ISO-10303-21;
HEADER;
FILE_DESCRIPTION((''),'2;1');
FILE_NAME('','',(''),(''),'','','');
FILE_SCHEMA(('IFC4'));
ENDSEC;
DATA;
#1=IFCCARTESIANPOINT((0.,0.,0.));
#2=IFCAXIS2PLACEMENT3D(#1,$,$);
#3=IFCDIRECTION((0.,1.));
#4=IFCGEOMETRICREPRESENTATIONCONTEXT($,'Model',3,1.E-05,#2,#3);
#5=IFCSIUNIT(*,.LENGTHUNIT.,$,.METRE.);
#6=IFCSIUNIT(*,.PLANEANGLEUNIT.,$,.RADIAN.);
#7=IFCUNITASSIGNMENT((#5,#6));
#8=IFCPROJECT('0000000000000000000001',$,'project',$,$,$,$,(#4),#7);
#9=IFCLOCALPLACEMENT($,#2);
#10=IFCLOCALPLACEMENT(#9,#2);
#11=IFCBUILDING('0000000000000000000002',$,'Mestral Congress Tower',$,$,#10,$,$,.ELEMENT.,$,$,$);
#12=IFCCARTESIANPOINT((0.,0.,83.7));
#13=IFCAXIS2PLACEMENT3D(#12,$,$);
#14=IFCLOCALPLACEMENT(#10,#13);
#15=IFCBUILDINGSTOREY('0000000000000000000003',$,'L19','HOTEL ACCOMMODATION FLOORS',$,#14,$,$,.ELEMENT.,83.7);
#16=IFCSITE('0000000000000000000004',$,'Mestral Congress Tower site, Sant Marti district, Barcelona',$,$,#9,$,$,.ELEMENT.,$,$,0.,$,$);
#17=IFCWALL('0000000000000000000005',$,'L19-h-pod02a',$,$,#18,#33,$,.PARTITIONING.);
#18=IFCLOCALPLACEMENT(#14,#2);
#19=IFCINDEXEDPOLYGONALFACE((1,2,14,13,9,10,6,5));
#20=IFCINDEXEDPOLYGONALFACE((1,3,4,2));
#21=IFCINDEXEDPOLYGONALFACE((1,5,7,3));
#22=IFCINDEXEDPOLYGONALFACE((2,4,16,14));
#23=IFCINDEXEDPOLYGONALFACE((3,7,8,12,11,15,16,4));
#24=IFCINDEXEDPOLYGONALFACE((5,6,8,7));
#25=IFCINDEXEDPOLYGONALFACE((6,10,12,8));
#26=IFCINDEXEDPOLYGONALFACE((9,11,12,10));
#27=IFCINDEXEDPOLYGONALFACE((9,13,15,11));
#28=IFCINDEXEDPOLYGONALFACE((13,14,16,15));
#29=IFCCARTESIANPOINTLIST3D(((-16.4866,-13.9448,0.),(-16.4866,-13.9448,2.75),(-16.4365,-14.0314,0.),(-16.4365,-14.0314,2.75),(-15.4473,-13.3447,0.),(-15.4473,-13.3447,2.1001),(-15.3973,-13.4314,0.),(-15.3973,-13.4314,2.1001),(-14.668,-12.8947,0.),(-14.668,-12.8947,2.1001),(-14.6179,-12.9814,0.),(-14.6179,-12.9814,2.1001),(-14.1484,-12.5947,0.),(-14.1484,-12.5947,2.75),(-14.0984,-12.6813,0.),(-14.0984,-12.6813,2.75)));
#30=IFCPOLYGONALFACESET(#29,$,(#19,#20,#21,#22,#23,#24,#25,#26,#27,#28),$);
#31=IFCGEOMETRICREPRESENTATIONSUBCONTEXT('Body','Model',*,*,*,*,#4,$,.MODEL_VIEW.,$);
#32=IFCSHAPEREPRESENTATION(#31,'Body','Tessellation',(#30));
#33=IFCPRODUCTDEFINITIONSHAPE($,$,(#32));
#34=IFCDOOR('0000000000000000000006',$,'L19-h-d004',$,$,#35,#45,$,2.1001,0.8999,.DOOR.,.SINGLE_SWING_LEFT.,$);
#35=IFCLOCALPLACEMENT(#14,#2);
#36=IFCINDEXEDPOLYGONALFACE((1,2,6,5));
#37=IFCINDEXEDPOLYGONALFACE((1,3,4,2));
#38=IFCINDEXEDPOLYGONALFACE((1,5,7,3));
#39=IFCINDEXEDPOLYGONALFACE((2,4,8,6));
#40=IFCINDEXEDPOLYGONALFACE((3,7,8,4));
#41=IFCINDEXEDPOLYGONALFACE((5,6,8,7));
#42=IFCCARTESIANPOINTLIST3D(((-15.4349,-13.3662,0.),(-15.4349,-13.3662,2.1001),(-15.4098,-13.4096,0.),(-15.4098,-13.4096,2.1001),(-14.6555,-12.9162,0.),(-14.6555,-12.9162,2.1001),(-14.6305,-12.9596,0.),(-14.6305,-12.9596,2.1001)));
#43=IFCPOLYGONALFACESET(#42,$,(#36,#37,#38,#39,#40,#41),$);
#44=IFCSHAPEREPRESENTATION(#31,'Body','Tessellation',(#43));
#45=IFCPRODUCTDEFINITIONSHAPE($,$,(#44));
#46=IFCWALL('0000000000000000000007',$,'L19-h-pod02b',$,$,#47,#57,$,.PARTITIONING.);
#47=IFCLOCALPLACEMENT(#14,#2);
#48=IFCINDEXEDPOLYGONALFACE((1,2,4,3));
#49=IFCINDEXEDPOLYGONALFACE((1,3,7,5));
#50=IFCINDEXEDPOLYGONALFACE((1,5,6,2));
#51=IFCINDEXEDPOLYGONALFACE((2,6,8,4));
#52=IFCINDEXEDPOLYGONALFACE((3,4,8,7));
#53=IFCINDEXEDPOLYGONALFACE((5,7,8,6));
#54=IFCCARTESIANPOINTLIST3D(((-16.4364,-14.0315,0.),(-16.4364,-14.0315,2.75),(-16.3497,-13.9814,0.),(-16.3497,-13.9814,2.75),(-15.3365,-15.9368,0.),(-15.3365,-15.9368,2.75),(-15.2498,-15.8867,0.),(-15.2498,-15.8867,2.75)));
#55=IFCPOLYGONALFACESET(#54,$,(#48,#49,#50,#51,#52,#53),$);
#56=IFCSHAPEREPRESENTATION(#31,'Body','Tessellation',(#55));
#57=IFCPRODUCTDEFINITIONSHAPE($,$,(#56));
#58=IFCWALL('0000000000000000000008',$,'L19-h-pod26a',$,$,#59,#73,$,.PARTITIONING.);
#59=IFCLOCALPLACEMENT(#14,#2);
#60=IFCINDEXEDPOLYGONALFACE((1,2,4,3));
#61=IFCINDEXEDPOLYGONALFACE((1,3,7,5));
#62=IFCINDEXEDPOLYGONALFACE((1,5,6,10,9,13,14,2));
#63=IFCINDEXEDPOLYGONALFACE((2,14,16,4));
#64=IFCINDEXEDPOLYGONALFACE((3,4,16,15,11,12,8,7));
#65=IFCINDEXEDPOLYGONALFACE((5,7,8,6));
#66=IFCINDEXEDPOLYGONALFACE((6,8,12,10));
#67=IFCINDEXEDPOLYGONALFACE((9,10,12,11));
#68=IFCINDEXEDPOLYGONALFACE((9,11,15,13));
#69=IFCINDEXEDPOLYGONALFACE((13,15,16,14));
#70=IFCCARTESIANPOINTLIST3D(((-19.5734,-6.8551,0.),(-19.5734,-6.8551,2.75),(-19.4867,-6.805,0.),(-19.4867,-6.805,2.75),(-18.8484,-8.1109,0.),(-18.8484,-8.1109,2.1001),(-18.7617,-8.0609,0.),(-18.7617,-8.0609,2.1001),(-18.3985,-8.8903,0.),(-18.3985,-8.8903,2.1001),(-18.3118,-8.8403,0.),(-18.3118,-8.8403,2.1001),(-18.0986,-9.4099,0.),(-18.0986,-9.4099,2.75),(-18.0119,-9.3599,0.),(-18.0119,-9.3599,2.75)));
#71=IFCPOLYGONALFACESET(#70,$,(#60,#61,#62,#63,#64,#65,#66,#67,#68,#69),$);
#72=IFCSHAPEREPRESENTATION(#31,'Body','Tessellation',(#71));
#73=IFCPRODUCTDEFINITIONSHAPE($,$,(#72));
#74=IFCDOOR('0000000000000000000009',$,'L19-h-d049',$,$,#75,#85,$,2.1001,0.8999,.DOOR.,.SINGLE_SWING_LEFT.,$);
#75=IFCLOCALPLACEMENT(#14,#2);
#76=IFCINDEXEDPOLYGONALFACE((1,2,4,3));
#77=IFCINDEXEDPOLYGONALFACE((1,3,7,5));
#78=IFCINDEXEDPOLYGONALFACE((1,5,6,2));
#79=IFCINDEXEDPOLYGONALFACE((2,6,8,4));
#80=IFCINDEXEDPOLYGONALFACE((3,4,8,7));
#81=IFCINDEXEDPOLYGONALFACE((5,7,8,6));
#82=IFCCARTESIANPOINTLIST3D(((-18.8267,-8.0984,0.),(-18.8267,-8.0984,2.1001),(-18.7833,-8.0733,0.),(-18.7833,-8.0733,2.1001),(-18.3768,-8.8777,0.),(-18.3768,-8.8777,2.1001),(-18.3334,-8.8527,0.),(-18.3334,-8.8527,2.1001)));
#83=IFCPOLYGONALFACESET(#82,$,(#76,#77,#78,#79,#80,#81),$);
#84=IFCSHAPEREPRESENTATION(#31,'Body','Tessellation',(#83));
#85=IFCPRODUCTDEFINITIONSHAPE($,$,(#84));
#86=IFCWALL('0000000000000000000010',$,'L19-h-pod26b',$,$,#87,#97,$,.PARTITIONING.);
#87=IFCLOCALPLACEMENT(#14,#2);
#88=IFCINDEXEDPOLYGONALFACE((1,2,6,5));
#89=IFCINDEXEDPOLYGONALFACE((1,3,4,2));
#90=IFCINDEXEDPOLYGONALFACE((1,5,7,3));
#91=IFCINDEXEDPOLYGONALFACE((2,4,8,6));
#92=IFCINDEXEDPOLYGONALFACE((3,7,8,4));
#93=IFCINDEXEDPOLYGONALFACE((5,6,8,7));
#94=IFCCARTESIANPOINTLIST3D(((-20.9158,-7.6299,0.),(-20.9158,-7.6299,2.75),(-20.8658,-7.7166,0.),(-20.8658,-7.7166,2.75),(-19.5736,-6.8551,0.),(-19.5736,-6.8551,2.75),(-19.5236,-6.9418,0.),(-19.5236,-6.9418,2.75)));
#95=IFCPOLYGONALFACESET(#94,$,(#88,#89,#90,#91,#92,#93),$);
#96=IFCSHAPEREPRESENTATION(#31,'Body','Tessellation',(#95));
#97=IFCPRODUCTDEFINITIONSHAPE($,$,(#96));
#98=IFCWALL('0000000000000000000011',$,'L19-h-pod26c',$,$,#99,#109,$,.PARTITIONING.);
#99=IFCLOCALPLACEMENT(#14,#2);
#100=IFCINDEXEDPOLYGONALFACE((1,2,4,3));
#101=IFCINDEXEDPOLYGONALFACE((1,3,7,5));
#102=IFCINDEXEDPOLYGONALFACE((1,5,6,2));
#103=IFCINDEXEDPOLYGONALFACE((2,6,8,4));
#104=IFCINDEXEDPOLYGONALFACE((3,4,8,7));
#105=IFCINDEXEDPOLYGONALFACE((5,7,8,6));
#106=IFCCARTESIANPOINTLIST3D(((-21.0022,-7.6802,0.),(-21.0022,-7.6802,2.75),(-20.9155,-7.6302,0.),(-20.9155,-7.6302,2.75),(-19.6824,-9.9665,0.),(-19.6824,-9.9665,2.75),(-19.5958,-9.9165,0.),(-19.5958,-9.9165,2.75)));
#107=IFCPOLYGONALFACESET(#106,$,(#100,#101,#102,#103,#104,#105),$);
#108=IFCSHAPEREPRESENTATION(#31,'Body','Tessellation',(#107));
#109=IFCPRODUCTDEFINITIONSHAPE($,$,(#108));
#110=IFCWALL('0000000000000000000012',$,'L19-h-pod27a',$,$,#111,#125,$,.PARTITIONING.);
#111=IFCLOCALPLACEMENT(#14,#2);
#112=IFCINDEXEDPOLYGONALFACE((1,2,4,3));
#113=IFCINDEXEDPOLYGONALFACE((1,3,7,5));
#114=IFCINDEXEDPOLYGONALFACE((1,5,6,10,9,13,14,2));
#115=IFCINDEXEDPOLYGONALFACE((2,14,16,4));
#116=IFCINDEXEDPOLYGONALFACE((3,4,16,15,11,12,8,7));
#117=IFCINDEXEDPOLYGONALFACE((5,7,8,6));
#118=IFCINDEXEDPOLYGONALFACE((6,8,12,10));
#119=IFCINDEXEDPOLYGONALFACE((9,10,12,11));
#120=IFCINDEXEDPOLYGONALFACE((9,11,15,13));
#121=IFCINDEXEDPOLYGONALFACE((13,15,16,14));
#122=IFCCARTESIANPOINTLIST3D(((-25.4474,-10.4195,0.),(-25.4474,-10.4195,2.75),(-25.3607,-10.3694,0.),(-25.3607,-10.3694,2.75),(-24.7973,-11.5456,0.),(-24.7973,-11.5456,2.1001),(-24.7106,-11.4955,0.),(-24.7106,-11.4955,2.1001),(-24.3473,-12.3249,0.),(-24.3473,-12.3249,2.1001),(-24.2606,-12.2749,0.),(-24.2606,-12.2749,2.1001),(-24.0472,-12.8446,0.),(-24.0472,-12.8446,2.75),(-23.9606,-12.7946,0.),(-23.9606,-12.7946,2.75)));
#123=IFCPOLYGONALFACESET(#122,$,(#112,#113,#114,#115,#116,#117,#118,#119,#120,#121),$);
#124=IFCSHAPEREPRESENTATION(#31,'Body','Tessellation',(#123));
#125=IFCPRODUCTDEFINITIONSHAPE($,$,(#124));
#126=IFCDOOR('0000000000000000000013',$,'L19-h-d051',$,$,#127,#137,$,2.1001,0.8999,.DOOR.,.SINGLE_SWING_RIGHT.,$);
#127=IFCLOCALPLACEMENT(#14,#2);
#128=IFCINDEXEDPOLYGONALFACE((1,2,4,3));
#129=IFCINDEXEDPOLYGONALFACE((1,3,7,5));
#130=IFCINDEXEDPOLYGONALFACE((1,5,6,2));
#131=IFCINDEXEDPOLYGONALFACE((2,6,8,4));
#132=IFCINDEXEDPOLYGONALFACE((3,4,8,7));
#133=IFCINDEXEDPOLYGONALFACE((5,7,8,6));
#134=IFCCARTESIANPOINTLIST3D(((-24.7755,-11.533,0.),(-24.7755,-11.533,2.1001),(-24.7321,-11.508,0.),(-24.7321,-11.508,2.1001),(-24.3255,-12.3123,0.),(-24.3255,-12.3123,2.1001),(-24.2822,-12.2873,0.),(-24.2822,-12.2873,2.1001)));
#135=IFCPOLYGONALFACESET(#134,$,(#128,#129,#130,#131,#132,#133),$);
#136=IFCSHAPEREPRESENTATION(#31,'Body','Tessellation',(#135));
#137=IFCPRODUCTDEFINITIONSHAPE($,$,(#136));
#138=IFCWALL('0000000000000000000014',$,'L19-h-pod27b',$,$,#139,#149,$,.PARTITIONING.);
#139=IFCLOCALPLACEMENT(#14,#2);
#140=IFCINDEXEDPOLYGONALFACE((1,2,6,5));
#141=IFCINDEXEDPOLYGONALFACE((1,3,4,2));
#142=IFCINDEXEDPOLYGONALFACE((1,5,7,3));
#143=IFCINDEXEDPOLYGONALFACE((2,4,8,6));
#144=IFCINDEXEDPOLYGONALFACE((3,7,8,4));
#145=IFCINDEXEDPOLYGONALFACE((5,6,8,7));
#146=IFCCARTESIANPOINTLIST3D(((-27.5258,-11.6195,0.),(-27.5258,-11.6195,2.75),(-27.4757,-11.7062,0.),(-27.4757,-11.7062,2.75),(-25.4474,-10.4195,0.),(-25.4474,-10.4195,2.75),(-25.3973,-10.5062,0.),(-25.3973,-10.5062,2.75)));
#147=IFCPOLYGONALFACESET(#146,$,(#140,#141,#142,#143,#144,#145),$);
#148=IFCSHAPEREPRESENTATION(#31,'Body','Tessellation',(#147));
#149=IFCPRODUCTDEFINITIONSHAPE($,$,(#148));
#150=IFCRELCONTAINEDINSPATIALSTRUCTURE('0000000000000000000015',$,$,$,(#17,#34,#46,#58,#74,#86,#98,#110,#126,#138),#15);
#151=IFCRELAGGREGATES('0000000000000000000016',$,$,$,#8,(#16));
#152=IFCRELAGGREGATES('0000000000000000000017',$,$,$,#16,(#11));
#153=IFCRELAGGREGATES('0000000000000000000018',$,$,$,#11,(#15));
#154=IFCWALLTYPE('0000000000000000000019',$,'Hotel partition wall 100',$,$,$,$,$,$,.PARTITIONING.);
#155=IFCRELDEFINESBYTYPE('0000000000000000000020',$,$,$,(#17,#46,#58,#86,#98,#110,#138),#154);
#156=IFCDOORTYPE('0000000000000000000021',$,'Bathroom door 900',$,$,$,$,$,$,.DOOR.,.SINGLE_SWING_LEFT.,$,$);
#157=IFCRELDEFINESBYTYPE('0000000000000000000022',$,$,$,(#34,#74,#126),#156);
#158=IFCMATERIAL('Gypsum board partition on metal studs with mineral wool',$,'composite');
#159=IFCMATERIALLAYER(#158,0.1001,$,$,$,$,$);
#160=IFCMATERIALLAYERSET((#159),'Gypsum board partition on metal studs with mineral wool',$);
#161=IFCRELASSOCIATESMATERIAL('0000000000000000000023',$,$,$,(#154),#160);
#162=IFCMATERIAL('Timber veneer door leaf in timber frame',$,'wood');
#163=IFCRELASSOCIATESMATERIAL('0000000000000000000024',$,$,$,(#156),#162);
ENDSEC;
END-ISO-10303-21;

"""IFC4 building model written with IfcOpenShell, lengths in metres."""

from ifc_helpers import new_model, si_unit, direction, frame, frame_2d, origin, place, context, subcontext, project, spatial, rectangle, extrude, material, layer, layer_set, type_object, element, fill, save


model = new_model("IFC4")

# Units and contexts
model_context = context("Model", 3, precision=1e-05, world=origin(), true_north=direction((0.0, 1.0)))
body_context = subcontext(model_context, "Body", "Model", "MODEL_VIEW")
ifc_project = project(units=[si_unit("LENGTHUNIT", "METRE"), si_unit("PLANEANGLEUNIT", "RADIAN")], contexts=[model_context])

# Site, building, storey
site_placement = place(None, origin())
site = spatial("IfcSite", under=ifc_project, at=site_placement, Name="Mestral Congress Tower site, Sant Marti district, Barcelona", CompositionType="ELEMENT", RefElevation=0.0)
building_placement = place(site_placement, origin())
building = spatial("IfcBuilding", under=site, at=building_placement, Name="Mestral Congress Tower", CompositionType="ELEMENT")
storey_placement = place(building_placement, frame((0.0, 0.0, 83.7)))
storey = spatial("IfcBuildingStorey", under=building, at=storey_placement, Name="L19", Description="HOTEL ACCOMMODATION FLOORS", CompositionType="ELEMENT", Elevation=83.7)

# Wall, opening, door
ifc_material_1 = material(Name="Gypsum board partition on metal studs with mineral wool", Category="composite")
ifc_layer_1 = layer(ifc_material_1, 0.1001)
ifc_layer_set_1 = layer_set([ifc_layer_1], Name="Gypsum board partition on metal studs with mineral wool")
wall_type_1 = type_object("IfcWallType", Name="Hotel partition wall 100", PredefinedType="PARTITIONING", material=ifc_layer_set_1)
wall_1_placement = place(storey_placement, frame((-14.1233, -12.6379, 0.0), z_axis=(0.0, 0.0, 1.0), x_axis=(-0.865997, -0.500049, 0.0)))
wall_1 = element("IfcWall", 1, at=wall_1_placement, inside=storey, type_object=wall_type_1, Name="L19-h-pod02a", PredefinedType="PARTITIONING", context=body_context, shape_type="SweptSolid", body=[
    extrude(rectangle(XDim=2.7, YDim=0.1001, at=frame_2d((1.3501, 0.0))), origin(), (0.0, 0.0, 1.0), 2.75),
])
opening_1_placement = place(wall_1_placement, frame((0.6001, 0.0, 0.0)))
opening_1 = element("IfcOpeningElement", 2, at=opening_1_placement, cuts=wall_1, PredefinedType="OPENING", context=body_context, shape_type="SweptSolid", body=[
    extrude(rectangle(XDim=0.8999, YDim=2.1001, at=frame_2d((0.45, 1.05))), frame((0.0, 0.0601, 0.0), z_axis=(0.0, -1.0, 0.0), x_axis=(1.0, 0.0, 0.0)), (0.0, 0.0, 1.0), 0.1201),
])
ifc_material_2 = material(Name="Timber veneer door leaf in timber frame", Category="wood")
door_type_1 = type_object("IfcDoorType", Name="Bathroom door 900", OperationType="SINGLE_SWING_LEFT", PredefinedType="DOOR", material=ifc_material_2)
door_1_placement = place(opening_1_placement, origin())
door_1 = element("IfcDoor", 3, at=door_1_placement, inside=storey, type_object=door_type_1, Name="L19-h-d004", OperationType="SINGLE_SWING_LEFT", OverallHeight=2.1001, OverallWidth=0.8999, PredefinedType="DOOR", context=body_context, shape_type="SweptSolid", body=[
    extrude(rectangle(XDim=0.8999, YDim=2.1001, at=frame_2d((0.45, 1.05))), frame((0.0, 0.0249, 0.0), z_axis=(0.0, -1.0, 0.0), x_axis=(1.0, 0.0, 0.0)), (0.0, 0.0, 1.0), 0.05),
])
fill(opening_1, door_1)

# Wall
wall_2_placement = place(storey_placement, frame((-16.3931, -14.0063, 0.0), z_axis=(0.0, 0.0, 1.0), x_axis=(0.499947, -0.866056, 0.0)))
element("IfcWall", 4, at=wall_2_placement, inside=storey, type_object=wall_type_1, Name="L19-h-pod02b", PredefinedType="PARTITIONING", context=body_context, shape_type="SweptSolid", body=[
    extrude(rectangle(XDim=2.2, YDim=0.1001, at=frame_2d((1.1001, 0.0))), origin(), (0.0, 0.0, 1.0), 2.75),
])

# Wall, opening, door
wall_3_placement = place(storey_placement, frame((-18.0552, -9.385, 0.0), z_axis=(0.0, 0.0, 1.0), x_axis=(-0.49994, 0.86606, 0.0)))
wall_3 = element("IfcWall", 5, at=wall_3_placement, inside=storey, type_object=wall_type_1, Name="L19-h-pod26a", PredefinedType="PARTITIONING", context=body_context, shape_type="SweptSolid", body=[
    extrude(rectangle(XDim=2.95, YDim=0.1001, at=frame_2d((1.4751, 0.0))), origin(), (0.0, 0.0, 1.0), 2.75),
])
opening_2_placement = place(wall_3_placement, frame((0.6001, 0.0, 0.0)))
opening_2 = element("IfcOpeningElement", 6, at=opening_2_placement, cuts=wall_3, PredefinedType="OPENING", context=body_context, shape_type="SweptSolid", body=[
    extrude(rectangle(XDim=0.8999, YDim=2.1001, at=frame_2d((0.45, 1.05))), frame((0.0, 0.0601, 0.0), z_axis=(0.0, -1.0, 0.0), x_axis=(1.0, 0.0, 0.0)), (0.0, 0.0, 1.0), 0.1201),
])
door_2_placement = place(opening_2_placement, origin())
door_2 = element("IfcDoor", 7, at=door_2_placement, inside=storey, type_object=door_type_1, Name="L19-h-d049", OperationType="SINGLE_SWING_LEFT", OverallHeight=2.1001, OverallWidth=0.8999, PredefinedType="DOOR", context=body_context, shape_type="SweptSolid", body=[
    extrude(rectangle(XDim=0.8999, YDim=2.1001, at=frame_2d((0.45, 1.05))), frame((0.0, 0.0249, 0.0), z_axis=(0.0, -1.0, 0.0), x_axis=(1.0, 0.0, 0.0)), (0.0, 0.0, 1.0), 0.05),
])
fill(opening_2, door_2)

# Walls
wall_4_placement = place(storey_placement, frame((-19.5486, -6.8984, 0.0), z_axis=(0.0, 0.0, 1.0), x_axis=(-0.866044, -0.499968, 0.0)))
element("IfcWall", 8, at=wall_4_placement, inside=storey, type_object=wall_type_1, Name="L19-h-pod26b", PredefinedType="PARTITIONING", context=body_context, shape_type="SweptSolid", body=[
    extrude(rectangle(XDim=1.5498, YDim=0.1001, at=frame_2d((0.7749, 0.0))), origin(), (0.0, 0.0, 1.0), 2.75),
])
wall_5_placement = place(storey_placement, frame((-19.6392, -9.9414, 0.0), z_axis=(0.0, 0.0, 1.0), x_axis=(-0.499939, 0.866061, 0.0)))
element("IfcWall", 9, at=wall_5_placement, inside=storey, type_object=wall_type_1, Name="L19-h-pod26c", PredefinedType="PARTITIONING", context=body_context, shape_type="SweptSolid", body=[
    extrude(rectangle(XDim=2.6399, YDim=0.1001, at=frame_2d((1.3198, 0.0))), origin(), (0.0, 0.0, 1.0), 2.75),
])

# Wall, opening, door
wall_6_placement = place(storey_placement, frame((-24.0039, -12.8196, 0.0), z_axis=(0.0, 0.0, 1.0), x_axis=(-0.500012, 0.866019, 0.0)))
wall_6 = element("IfcWall", 10, at=wall_6_placement, inside=storey, type_object=wall_type_1, Name="L19-h-pod27a", PredefinedType="PARTITIONING", context=body_context, shape_type="SweptSolid", body=[
    extrude(rectangle(XDim=2.8003, YDim=0.1001, at=frame_2d((1.4001, 0.0))), origin(), (0.0, 0.0, 1.0), 2.75),
])
opening_3_placement = place(wall_6_placement, frame((0.6001, 0.0, 0.0)))
opening_3 = element("IfcOpeningElement", 11, at=opening_3_placement, cuts=wall_6, PredefinedType="OPENING", context=body_context, shape_type="SweptSolid", body=[
    extrude(rectangle(XDim=0.8999, YDim=2.1001, at=frame_2d((0.45, 1.05))), frame((0.0, 0.0601, 0.0), z_axis=(0.0, -1.0, 0.0), x_axis=(1.0, 0.0, 0.0)), (0.0, 0.0, 1.0), 0.1201),
])
door_3_placement = place(opening_3_placement, origin())
door_3 = element("IfcDoor", 12, at=door_3_placement, inside=storey, type_object=door_type_1, Name="L19-h-d051", OperationType="SINGLE_SWING_RIGHT", OverallHeight=2.1001, OverallWidth=0.8999, PredefinedType="DOOR", context=body_context, shape_type="SweptSolid", body=[
    extrude(rectangle(XDim=0.8999, YDim=2.1001, at=frame_2d((0.45, 1.05))), frame((0.0, 0.0249, 0.0), z_axis=(0.0, -1.0, 0.0), x_axis=(1.0, 0.0, 0.0)), (0.0, 0.0, 1.0), 0.05),
])
fill(opening_3, door_3)

# Wall
wall_7_placement = place(storey_placement, frame((-25.4224, -10.4629, 0.0), z_axis=(0.0, 0.0, 1.0), x_axis=(-0.866025, -0.500001, 0.0)))
element("IfcWall", 13, at=wall_7_placement, inside=storey, type_object=wall_type_1, Name="L19-h-pod27b", PredefinedType="PARTITIONING", context=body_context, shape_type="SweptSolid", body=[
    extrude(rectangle(XDim=2.3999, YDim=0.1001, at=frame_2d((1.2, 0.0))), origin(), (0.0, 0.0, 1.0), 2.75),
])

save(model, "model.ifc")
